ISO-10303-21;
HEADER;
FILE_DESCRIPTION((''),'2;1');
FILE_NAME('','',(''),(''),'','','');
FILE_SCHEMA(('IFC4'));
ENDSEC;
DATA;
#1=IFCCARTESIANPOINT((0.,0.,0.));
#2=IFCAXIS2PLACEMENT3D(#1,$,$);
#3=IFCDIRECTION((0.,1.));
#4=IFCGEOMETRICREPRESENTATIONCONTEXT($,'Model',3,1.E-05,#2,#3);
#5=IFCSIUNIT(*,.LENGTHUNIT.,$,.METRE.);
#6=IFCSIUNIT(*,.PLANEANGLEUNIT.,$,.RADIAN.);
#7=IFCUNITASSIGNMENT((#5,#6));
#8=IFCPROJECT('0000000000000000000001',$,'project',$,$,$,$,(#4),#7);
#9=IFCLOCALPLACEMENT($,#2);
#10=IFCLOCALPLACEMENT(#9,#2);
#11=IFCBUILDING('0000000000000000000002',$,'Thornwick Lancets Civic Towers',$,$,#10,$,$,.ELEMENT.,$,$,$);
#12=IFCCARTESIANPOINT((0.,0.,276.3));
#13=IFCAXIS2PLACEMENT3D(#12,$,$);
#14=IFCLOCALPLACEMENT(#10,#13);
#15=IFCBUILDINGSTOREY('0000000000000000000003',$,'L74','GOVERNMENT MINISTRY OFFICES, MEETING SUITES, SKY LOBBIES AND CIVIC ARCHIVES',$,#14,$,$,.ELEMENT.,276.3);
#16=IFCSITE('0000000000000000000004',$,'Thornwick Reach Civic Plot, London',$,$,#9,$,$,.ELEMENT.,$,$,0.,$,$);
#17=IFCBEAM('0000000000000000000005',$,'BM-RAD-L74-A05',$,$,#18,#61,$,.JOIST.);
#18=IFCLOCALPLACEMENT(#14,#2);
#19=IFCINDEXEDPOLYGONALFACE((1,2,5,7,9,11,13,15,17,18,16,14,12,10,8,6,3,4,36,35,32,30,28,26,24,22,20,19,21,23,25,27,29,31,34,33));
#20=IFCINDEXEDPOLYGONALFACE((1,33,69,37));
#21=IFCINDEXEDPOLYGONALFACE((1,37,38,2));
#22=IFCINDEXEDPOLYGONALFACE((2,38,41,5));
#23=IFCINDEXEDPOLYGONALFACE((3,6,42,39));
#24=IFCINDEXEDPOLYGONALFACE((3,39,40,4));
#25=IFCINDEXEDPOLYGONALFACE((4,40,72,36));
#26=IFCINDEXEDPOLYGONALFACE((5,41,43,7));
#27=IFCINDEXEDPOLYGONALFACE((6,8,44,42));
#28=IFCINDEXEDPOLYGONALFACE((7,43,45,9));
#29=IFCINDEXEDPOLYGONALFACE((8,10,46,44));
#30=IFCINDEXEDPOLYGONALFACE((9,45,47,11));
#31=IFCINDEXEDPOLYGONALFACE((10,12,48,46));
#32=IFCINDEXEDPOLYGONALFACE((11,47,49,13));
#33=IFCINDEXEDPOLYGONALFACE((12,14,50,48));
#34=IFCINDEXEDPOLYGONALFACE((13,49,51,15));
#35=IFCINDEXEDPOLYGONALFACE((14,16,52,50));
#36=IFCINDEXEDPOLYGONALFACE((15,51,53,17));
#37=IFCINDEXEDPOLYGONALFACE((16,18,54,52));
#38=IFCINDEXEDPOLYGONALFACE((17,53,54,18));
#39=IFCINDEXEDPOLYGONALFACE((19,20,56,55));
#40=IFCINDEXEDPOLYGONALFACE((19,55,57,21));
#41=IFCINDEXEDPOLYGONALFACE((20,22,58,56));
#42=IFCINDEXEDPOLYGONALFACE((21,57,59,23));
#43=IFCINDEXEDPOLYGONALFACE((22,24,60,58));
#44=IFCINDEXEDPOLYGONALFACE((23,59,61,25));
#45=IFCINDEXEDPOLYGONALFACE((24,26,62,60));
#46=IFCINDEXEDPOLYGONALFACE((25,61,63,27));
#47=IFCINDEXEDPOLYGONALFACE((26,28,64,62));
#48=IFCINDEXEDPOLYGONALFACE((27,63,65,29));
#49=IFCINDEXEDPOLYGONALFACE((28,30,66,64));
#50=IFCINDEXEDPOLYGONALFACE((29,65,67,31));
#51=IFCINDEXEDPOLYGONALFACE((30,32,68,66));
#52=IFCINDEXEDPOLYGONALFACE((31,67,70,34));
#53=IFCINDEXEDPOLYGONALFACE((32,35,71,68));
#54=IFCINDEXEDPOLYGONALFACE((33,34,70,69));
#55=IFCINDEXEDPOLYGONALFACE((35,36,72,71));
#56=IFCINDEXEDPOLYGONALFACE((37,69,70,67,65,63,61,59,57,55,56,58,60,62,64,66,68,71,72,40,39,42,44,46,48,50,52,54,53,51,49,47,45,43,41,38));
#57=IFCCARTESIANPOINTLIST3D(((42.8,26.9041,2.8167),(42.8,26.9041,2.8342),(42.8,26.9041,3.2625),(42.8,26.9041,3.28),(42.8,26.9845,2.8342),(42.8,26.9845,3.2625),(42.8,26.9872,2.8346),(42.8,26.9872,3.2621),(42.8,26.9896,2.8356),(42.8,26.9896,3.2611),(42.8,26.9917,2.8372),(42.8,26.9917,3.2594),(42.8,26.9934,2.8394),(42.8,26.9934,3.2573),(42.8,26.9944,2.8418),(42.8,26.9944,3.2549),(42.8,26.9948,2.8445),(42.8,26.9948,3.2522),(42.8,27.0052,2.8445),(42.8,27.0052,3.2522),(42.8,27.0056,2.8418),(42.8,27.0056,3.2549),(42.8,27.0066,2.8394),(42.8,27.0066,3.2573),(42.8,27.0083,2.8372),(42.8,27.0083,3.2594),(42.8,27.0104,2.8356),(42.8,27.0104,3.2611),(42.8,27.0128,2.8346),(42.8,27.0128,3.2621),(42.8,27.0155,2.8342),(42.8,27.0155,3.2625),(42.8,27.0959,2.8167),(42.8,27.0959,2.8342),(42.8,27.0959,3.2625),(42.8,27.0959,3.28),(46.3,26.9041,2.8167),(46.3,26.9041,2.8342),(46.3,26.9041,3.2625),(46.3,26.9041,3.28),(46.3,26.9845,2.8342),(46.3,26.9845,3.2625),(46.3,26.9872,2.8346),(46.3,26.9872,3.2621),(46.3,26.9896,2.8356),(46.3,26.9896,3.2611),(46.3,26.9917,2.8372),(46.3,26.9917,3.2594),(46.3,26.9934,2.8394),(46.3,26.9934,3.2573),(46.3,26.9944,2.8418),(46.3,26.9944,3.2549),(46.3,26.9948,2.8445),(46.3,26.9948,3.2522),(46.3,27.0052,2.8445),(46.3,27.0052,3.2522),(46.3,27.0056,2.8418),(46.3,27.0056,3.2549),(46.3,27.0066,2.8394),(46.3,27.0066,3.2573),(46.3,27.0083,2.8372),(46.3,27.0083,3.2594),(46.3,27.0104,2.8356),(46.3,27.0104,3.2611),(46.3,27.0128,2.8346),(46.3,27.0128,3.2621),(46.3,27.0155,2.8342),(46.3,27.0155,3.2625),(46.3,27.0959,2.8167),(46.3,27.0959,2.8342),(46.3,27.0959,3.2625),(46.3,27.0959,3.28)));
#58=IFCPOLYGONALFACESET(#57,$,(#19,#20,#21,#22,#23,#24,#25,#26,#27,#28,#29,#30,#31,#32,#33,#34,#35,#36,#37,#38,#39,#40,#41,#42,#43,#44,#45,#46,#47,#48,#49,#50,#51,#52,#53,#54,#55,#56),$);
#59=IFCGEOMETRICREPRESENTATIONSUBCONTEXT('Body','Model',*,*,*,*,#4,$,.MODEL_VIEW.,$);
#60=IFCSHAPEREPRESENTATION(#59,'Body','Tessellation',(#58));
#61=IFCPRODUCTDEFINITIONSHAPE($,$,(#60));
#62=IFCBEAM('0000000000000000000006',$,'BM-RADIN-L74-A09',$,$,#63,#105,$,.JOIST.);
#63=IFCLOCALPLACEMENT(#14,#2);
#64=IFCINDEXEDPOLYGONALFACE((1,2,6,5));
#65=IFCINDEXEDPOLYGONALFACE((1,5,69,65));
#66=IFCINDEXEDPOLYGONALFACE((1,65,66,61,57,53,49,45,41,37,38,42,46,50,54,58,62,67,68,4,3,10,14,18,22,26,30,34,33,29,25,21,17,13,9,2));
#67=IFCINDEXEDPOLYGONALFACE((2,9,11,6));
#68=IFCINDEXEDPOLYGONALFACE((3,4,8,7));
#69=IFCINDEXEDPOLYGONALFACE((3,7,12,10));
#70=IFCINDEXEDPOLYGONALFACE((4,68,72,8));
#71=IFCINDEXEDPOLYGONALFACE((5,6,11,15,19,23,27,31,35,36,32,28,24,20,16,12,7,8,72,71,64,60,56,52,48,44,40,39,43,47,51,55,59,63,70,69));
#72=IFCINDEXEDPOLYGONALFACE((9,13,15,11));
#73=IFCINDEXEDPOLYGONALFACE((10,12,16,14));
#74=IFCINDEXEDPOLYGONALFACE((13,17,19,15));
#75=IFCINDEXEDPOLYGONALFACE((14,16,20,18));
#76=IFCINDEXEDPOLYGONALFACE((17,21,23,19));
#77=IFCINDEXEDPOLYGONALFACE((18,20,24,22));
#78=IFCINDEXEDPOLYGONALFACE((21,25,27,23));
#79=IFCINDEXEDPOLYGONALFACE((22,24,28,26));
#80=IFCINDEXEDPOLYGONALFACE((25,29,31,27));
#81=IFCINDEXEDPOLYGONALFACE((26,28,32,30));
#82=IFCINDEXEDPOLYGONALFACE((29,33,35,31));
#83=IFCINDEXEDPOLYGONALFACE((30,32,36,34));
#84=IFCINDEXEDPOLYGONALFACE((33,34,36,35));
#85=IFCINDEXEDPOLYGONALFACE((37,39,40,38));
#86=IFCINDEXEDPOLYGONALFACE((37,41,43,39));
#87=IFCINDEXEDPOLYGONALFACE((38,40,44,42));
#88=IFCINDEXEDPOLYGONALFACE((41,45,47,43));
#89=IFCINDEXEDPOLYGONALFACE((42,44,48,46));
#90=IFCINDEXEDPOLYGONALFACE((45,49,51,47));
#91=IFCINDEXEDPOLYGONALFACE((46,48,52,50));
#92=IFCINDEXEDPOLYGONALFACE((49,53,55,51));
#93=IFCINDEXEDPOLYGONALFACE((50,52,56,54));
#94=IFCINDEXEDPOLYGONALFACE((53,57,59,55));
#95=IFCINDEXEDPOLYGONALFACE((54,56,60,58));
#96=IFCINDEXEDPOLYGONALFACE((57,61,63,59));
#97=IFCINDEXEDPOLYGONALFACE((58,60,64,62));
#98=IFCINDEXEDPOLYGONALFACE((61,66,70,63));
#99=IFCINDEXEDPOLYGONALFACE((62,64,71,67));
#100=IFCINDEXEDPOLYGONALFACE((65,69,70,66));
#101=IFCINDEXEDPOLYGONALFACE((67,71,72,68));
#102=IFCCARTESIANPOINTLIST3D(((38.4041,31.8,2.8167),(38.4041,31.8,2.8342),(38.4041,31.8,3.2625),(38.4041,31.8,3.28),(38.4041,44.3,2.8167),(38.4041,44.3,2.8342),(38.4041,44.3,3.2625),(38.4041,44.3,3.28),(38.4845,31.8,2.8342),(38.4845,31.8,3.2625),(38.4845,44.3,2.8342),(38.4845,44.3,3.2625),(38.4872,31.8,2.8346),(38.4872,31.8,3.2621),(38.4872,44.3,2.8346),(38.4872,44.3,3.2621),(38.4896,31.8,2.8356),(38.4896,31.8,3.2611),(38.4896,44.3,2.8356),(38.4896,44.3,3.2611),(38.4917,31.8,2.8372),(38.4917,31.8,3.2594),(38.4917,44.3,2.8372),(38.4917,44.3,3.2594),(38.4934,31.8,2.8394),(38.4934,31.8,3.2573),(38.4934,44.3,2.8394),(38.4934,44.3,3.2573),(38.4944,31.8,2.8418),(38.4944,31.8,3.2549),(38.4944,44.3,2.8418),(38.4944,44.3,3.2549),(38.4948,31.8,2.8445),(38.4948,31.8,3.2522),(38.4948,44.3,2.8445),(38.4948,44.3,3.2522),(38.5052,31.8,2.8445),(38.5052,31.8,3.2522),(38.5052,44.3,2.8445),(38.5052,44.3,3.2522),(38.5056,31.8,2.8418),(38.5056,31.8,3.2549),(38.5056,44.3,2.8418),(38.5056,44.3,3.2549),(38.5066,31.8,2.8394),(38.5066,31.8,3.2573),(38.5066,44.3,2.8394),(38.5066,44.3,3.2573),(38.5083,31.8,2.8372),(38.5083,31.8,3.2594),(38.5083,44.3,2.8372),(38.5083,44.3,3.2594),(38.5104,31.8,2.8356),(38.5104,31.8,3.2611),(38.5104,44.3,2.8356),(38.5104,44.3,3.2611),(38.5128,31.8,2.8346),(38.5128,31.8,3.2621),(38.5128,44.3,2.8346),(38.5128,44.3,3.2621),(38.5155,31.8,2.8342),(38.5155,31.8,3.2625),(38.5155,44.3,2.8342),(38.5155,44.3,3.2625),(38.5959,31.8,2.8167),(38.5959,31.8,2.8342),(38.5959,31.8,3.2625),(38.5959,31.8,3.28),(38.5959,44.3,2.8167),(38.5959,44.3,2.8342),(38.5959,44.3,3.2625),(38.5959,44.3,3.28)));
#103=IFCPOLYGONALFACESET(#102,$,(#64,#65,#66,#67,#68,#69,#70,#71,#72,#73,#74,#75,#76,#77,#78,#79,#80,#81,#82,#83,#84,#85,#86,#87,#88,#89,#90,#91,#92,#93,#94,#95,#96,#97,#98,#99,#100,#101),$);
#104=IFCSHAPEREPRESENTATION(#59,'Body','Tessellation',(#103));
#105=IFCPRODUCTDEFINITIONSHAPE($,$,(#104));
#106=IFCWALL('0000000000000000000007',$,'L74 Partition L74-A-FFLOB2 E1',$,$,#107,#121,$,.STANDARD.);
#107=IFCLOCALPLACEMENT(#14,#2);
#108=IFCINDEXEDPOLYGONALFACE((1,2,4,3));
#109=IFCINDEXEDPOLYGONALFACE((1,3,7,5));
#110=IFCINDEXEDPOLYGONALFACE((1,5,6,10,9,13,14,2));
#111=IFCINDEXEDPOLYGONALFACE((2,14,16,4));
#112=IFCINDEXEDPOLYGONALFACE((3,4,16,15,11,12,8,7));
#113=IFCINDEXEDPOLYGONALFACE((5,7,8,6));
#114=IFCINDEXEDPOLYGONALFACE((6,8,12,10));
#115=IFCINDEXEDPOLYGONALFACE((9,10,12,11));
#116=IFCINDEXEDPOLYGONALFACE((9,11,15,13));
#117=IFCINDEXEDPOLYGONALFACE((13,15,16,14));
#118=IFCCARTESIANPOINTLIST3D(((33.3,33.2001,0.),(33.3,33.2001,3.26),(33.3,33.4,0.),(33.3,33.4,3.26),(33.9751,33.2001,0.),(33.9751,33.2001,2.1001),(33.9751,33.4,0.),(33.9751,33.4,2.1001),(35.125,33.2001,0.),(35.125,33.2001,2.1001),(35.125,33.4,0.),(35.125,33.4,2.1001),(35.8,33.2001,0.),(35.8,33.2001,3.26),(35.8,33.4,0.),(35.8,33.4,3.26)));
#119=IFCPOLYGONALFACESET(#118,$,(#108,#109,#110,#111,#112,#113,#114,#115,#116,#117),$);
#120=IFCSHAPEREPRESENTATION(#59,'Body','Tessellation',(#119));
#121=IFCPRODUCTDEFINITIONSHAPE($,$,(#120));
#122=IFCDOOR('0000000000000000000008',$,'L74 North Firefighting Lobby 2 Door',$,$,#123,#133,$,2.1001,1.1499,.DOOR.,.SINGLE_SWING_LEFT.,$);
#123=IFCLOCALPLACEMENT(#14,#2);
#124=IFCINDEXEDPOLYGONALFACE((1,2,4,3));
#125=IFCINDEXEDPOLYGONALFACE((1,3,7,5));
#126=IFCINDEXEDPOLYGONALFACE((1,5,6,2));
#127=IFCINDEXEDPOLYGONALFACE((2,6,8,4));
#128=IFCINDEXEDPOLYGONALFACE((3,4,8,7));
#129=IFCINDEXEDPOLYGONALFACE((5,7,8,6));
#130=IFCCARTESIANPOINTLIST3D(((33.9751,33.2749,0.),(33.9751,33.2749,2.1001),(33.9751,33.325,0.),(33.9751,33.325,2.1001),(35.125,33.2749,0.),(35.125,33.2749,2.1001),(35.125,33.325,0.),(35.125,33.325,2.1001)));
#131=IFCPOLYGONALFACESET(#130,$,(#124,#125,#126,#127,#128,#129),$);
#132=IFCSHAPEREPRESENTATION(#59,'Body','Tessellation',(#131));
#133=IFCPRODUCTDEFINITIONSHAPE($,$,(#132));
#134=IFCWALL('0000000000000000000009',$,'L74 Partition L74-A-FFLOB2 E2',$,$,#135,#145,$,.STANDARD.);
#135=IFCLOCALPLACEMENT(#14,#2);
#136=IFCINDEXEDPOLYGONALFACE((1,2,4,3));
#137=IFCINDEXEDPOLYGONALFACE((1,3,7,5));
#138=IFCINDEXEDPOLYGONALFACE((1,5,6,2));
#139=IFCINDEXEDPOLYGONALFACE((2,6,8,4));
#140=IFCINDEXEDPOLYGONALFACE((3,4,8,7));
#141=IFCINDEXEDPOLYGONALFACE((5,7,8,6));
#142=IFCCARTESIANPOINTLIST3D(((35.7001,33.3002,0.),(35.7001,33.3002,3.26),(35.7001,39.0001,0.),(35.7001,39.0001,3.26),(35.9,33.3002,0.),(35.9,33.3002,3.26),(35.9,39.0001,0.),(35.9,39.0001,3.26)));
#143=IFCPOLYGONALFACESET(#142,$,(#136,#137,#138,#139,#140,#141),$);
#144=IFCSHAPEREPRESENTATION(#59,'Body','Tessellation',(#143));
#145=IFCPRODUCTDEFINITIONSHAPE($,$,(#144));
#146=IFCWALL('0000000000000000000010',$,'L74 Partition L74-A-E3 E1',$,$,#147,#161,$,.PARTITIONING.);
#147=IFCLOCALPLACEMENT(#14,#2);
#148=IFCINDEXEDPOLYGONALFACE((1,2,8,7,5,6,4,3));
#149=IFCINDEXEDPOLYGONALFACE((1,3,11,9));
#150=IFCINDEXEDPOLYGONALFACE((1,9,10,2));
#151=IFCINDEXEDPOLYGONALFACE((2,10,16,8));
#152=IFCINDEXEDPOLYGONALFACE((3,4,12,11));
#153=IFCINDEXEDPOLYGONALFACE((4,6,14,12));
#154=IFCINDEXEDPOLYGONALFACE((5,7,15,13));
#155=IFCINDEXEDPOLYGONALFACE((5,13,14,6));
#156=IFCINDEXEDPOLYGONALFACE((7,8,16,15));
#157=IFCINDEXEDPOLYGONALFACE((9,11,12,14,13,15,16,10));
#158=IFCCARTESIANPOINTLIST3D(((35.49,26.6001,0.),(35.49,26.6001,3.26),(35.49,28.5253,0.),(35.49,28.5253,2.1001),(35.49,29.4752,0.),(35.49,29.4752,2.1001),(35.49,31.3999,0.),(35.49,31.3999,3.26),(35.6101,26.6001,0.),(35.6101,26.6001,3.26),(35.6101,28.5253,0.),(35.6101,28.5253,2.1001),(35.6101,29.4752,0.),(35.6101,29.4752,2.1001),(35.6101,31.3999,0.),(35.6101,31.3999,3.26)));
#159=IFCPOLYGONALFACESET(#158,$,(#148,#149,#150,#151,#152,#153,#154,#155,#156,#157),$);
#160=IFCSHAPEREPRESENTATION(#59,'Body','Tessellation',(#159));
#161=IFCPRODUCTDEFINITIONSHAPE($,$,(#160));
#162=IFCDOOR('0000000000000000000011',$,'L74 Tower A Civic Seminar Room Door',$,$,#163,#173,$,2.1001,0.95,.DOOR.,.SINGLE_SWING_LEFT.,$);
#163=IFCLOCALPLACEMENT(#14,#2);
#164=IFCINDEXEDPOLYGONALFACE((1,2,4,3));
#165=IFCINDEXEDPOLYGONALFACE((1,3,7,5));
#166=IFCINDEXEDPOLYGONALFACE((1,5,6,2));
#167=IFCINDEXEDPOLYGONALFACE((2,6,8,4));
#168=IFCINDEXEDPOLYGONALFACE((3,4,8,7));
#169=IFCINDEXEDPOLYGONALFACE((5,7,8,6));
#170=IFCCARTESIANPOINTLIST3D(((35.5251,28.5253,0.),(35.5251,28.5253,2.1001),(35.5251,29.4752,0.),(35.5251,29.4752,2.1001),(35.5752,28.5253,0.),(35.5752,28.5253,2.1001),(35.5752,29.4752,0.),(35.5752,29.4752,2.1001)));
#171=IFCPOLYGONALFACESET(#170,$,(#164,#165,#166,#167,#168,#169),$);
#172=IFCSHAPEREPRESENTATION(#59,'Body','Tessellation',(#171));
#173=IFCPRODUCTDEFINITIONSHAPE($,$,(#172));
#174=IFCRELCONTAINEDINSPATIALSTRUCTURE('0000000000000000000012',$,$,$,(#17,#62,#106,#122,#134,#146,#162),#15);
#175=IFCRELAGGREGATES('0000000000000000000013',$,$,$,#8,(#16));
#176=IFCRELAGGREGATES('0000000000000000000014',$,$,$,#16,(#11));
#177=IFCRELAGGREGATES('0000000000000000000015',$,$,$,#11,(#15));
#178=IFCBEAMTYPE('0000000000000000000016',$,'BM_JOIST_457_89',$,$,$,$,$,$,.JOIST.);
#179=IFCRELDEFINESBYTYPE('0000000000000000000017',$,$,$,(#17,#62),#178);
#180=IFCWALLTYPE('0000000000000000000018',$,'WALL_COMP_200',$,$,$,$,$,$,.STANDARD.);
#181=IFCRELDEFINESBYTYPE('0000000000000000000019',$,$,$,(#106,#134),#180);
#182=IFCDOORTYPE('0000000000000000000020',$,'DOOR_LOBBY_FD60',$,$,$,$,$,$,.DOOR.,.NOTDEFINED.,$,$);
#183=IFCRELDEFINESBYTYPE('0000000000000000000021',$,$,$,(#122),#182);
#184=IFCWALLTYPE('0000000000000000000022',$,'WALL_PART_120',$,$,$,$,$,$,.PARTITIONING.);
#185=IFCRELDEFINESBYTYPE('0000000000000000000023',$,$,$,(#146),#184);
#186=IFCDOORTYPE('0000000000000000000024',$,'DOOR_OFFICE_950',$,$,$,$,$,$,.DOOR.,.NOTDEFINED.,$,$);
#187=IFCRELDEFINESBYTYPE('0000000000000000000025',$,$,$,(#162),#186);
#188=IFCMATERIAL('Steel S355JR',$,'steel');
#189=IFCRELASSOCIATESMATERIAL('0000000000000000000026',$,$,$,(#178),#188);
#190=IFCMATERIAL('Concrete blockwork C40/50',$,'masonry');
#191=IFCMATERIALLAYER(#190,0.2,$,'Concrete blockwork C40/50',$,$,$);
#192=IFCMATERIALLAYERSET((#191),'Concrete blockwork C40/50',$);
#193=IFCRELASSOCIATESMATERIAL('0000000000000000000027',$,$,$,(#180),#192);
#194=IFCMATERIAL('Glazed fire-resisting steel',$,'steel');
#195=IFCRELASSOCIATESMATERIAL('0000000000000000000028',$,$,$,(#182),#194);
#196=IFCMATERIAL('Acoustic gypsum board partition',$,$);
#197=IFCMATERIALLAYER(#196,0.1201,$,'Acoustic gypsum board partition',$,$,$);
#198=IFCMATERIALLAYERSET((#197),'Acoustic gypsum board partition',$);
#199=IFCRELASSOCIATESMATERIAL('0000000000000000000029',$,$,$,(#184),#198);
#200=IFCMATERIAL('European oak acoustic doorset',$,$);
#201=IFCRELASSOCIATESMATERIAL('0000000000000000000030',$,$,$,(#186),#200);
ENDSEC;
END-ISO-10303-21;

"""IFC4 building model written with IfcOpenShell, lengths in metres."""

from ifc_helpers import new_model, si_unit, direction, frame, frame_2d, origin, origin_2d, place, context, subcontext, project, spatial, rectangle, i_section, extrude, material, layer, layer_set, material_profile, profile_set, type_object, element, fill, save


model = new_model("IFC4")

# Units and contexts
model_context = context("Model", 3, precision=1e-05, world=origin(), true_north=direction((0.0, 1.0)))
body_context = subcontext(model_context, "Body", "Model", "MODEL_VIEW")
ifc_project = project(units=[si_unit("LENGTHUNIT", "METRE"), si_unit("PLANEANGLEUNIT", "RADIAN")], contexts=[model_context])

# Site, building, storey
site_placement = place(None, origin())
site = spatial("IfcSite", under=ifc_project, at=site_placement, Name="Thornwick Reach Civic Plot, London", CompositionType="ELEMENT", RefElevation=0.0)
building_placement = place(site_placement, origin())
building = spatial("IfcBuilding", under=site, at=building_placement, Name="Thornwick Lancets Civic Towers", CompositionType="ELEMENT")
storey_placement = place(building_placement, frame((0.0, 0.0, 276.3)))
storey = spatial("IfcBuildingStorey", under=building, at=storey_placement, Name="L74", Description="GOVERNMENT MINISTRY OFFICES, MEETING SUITES, SKY LOBBIES AND CIVIC ARCHIVES", CompositionType="ELEMENT", Elevation=276.3)

# Shared definitions
ifc_material_1 = material(Name="Steel S355JR", Category="steel")

# Beams
ifc_material_profile_1 = material_profile(ifc_material_1, i_section(OverallWidth=0.1919, OverallDepth=0.4634, WebThickness=0.0105, FlangeThickness=0.0176, FilletRadius=0.0103, at=origin_2d()), Name="UKB 457x191x89")
ifc_profile_set_1 = profile_set([ifc_material_profile_1], Name="Steel S355JR")
beam_type_1 = type_object("IfcBeamType", Name="BM_JOIST_457_89", PredefinedType="JOIST", material=ifc_profile_set_1)
beam_1_placement = place(storey_placement, frame((42.8, 27.0, 3.0483), z_axis=(1.0, 0.0, 0.0), x_axis=(0.0, 1.0, 0.0)))
element("IfcBeam", 1, at=beam_1_placement, inside=storey, type_object=beam_type_1, Name="BM-RAD-L74-A05", PredefinedType="JOIST", context=body_context, shape_type="SweptSolid", body=[
    extrude(i_section(OverallWidth=0.1919, OverallDepth=0.4634, WebThickness=0.0105, FlangeThickness=0.0176, FilletRadius=0.0103, at=origin_2d()), origin(), (0.0, 0.0, 1.0), 3.5),
])
beam_2_placement = place(storey_placement, frame((38.5, 31.8, 3.0483), z_axis=(0.0, 1.0, 0.0), x_axis=(-1.0, 0.0, 0.0)))
element("IfcBeam", 2, at=beam_2_placement, inside=storey, type_object=beam_type_1, Name="BM-RADIN-L74-A09", PredefinedType="JOIST", context=body_context, shape_type="SweptSolid", body=[
    extrude(i_section(OverallWidth=0.1919, OverallDepth=0.4634, WebThickness=0.0105, FlangeThickness=0.0176, FilletRadius=0.0103, at=origin_2d()), origin(), (0.0, 0.0, 1.0), 12.5),
])

# Wall, opening, door
ifc_material_2 = material(Name="Concrete blockwork C40/50", Category="masonry")
ifc_layer_1 = layer(ifc_material_2, 0.2, Name="Concrete blockwork C40/50")
ifc_layer_set_1 = layer_set([ifc_layer_1], Name="Concrete blockwork C40/50")
wall_type_1 = type_object("IfcWallType", Name="WALL_COMP_200", PredefinedType="STANDARD", material=ifc_layer_set_1)
wall_1_placement = place(storey_placement, frame((33.3, 33.3, 0.0), z_axis=(0.0, 0.0, 1.0), x_axis=(1.0, 0.0, 0.0)))
wall_1 = element("IfcWall", 3, at=wall_1_placement, inside=storey, type_object=wall_type_1, Name="L74 Partition L74-A-FFLOB2 E1", PredefinedType="STANDARD", context=body_context, shape_type="SweptSolid", body=[
    extrude(rectangle(XDim=2.5, YDim=0.2, at=frame_2d((1.25, 0.0))), origin(), (0.0, 0.0, 1.0), 3.26),
])
opening_1_placement = place(wall_1_placement, frame((0.675, 0.0, 0.0)))
opening_1 = element("IfcOpeningElement", 4, at=opening_1_placement, cuts=wall_1, PredefinedType="OPENING", context=body_context, shape_type="SweptSolid", body=[
    extrude(rectangle(XDim=1.1499, YDim=2.1001, at=frame_2d((0.575, 1.05))), frame((0.0, 0.1099, 0.0), z_axis=(0.0, -1.0, 0.0), x_axis=(1.0, 0.0, 0.0)), (0.0, 0.0, 1.0), 0.22),
])
ifc_material_3 = material(Name="Glazed fire-resisting steel", Category="steel")
door_type_1 = type_object("IfcDoorType", Name="DOOR_LOBBY_FD60", OperationType="NOTDEFINED", PredefinedType="DOOR", material=ifc_material_3)
door_1_placement = place(opening_1_placement, origin())
door_1 = element("IfcDoor", 5, at=door_1_placement, inside=storey, type_object=door_type_1, Name="L74 North Firefighting Lobby 2 Door", OperationType="SINGLE_SWING_LEFT", OverallHeight=2.1001, OverallWidth=1.1499, PredefinedType="DOOR", context=body_context, shape_type="SweptSolid", body=[
    extrude(rectangle(XDim=1.1499, YDim=2.1001, at=frame_2d((0.575, 1.05))), frame((0.0, 0.0249, 0.0), z_axis=(0.0, -1.0, 0.0), x_axis=(1.0, 0.0, 0.0)), (0.0, 0.0, 1.0), 0.05),
])
fill(opening_1, door_1)

# Wall
wall_2_placement = place(storey_placement, frame((35.8, 33.3, 0.0), z_axis=(0.0, 0.0, 1.0), x_axis=(0.0, 1.0, 0.0)))
element("IfcWall", 6, at=wall_2_placement, inside=storey, type_object=wall_type_1, Name="L74 Partition L74-A-FFLOB2 E2", PredefinedType="STANDARD", context=body_context, shape_type="SweptSolid", body=[
    extrude(rectangle(XDim=5.7, YDim=0.2, at=frame_2d((2.8501, 0.0))), origin(), (0.0, 0.0, 1.0), 3.26),
])

# Wall, opening, door
ifc_material_4 = material(Name="Acoustic gypsum board partition")
ifc_layer_2 = layer(ifc_material_4, 0.1201, Name="Acoustic gypsum board partition")
ifc_layer_set_2 = layer_set([ifc_layer_2], Name="Acoustic gypsum board partition")
wall_type_2 = type_object("IfcWallType", Name="WALL_PART_120", PredefinedType="PARTITIONING", material=ifc_layer_set_2)
wall_3_placement = place(storey_placement, frame((35.55, 26.6001, 0.0), z_axis=(0.0, 0.0, 1.0), x_axis=(0.0, 1.0, 0.0)))
wall_3 = element("IfcWall", 7, at=wall_3_placement, inside=storey, type_object=wall_type_2, Name="L74 Partition L74-A-E3 E1", PredefinedType="PARTITIONING", context=body_context, shape_type="SweptSolid", body=[
    extrude(rectangle(XDim=4.7998, YDim=0.1201, at=frame_2d((2.3999, 0.0))), origin(), (0.0, 0.0, 1.0), 3.26),
])
opening_2_placement = place(wall_3_placement, frame((1.925, 0.0, 0.0)))
opening_2 = element("IfcOpeningElement", 8, at=opening_2_placement, cuts=wall_3, PredefinedType="OPENING", context=body_context, shape_type="SweptSolid", body=[
    extrude(rectangle(XDim=0.95, YDim=2.1001, at=frame_2d((0.4751, 1.05))), frame((0.0, 0.0701, 0.0), z_axis=(0.0, -1.0, 0.0), x_axis=(1.0, 0.0, 0.0)), (0.0, 0.0, 1.0), 0.1401),
])
ifc_material_5 = material(Name="European oak acoustic doorset")
door_type_2 = type_object("IfcDoorType", Name="DOOR_OFFICE_950", OperationType="NOTDEFINED", PredefinedType="DOOR", material=ifc_material_5)
door_2_placement = place(opening_2_placement, origin())
door_2 = element("IfcDoor", 9, at=door_2_placement, inside=storey, type_object=door_type_2, Name="L74 Tower A Civic Seminar Room Door", OperationType="SINGLE_SWING_LEFT", OverallHeight=2.1001, OverallWidth=0.95, PredefinedType="DOOR", context=body_context, shape_type="SweptSolid", body=[
    extrude(rectangle(XDim=0.95, YDim=2.1001, at=frame_2d((0.4751, 1.05))), frame((0.0, 0.0249, 0.0), z_axis=(0.0, -1.0, 0.0), x_axis=(1.0, 0.0, 0.0)), (0.0, 0.0, 1.0), 0.05),
])
fill(opening_2, door_2)

save(model, "model.ifc")
